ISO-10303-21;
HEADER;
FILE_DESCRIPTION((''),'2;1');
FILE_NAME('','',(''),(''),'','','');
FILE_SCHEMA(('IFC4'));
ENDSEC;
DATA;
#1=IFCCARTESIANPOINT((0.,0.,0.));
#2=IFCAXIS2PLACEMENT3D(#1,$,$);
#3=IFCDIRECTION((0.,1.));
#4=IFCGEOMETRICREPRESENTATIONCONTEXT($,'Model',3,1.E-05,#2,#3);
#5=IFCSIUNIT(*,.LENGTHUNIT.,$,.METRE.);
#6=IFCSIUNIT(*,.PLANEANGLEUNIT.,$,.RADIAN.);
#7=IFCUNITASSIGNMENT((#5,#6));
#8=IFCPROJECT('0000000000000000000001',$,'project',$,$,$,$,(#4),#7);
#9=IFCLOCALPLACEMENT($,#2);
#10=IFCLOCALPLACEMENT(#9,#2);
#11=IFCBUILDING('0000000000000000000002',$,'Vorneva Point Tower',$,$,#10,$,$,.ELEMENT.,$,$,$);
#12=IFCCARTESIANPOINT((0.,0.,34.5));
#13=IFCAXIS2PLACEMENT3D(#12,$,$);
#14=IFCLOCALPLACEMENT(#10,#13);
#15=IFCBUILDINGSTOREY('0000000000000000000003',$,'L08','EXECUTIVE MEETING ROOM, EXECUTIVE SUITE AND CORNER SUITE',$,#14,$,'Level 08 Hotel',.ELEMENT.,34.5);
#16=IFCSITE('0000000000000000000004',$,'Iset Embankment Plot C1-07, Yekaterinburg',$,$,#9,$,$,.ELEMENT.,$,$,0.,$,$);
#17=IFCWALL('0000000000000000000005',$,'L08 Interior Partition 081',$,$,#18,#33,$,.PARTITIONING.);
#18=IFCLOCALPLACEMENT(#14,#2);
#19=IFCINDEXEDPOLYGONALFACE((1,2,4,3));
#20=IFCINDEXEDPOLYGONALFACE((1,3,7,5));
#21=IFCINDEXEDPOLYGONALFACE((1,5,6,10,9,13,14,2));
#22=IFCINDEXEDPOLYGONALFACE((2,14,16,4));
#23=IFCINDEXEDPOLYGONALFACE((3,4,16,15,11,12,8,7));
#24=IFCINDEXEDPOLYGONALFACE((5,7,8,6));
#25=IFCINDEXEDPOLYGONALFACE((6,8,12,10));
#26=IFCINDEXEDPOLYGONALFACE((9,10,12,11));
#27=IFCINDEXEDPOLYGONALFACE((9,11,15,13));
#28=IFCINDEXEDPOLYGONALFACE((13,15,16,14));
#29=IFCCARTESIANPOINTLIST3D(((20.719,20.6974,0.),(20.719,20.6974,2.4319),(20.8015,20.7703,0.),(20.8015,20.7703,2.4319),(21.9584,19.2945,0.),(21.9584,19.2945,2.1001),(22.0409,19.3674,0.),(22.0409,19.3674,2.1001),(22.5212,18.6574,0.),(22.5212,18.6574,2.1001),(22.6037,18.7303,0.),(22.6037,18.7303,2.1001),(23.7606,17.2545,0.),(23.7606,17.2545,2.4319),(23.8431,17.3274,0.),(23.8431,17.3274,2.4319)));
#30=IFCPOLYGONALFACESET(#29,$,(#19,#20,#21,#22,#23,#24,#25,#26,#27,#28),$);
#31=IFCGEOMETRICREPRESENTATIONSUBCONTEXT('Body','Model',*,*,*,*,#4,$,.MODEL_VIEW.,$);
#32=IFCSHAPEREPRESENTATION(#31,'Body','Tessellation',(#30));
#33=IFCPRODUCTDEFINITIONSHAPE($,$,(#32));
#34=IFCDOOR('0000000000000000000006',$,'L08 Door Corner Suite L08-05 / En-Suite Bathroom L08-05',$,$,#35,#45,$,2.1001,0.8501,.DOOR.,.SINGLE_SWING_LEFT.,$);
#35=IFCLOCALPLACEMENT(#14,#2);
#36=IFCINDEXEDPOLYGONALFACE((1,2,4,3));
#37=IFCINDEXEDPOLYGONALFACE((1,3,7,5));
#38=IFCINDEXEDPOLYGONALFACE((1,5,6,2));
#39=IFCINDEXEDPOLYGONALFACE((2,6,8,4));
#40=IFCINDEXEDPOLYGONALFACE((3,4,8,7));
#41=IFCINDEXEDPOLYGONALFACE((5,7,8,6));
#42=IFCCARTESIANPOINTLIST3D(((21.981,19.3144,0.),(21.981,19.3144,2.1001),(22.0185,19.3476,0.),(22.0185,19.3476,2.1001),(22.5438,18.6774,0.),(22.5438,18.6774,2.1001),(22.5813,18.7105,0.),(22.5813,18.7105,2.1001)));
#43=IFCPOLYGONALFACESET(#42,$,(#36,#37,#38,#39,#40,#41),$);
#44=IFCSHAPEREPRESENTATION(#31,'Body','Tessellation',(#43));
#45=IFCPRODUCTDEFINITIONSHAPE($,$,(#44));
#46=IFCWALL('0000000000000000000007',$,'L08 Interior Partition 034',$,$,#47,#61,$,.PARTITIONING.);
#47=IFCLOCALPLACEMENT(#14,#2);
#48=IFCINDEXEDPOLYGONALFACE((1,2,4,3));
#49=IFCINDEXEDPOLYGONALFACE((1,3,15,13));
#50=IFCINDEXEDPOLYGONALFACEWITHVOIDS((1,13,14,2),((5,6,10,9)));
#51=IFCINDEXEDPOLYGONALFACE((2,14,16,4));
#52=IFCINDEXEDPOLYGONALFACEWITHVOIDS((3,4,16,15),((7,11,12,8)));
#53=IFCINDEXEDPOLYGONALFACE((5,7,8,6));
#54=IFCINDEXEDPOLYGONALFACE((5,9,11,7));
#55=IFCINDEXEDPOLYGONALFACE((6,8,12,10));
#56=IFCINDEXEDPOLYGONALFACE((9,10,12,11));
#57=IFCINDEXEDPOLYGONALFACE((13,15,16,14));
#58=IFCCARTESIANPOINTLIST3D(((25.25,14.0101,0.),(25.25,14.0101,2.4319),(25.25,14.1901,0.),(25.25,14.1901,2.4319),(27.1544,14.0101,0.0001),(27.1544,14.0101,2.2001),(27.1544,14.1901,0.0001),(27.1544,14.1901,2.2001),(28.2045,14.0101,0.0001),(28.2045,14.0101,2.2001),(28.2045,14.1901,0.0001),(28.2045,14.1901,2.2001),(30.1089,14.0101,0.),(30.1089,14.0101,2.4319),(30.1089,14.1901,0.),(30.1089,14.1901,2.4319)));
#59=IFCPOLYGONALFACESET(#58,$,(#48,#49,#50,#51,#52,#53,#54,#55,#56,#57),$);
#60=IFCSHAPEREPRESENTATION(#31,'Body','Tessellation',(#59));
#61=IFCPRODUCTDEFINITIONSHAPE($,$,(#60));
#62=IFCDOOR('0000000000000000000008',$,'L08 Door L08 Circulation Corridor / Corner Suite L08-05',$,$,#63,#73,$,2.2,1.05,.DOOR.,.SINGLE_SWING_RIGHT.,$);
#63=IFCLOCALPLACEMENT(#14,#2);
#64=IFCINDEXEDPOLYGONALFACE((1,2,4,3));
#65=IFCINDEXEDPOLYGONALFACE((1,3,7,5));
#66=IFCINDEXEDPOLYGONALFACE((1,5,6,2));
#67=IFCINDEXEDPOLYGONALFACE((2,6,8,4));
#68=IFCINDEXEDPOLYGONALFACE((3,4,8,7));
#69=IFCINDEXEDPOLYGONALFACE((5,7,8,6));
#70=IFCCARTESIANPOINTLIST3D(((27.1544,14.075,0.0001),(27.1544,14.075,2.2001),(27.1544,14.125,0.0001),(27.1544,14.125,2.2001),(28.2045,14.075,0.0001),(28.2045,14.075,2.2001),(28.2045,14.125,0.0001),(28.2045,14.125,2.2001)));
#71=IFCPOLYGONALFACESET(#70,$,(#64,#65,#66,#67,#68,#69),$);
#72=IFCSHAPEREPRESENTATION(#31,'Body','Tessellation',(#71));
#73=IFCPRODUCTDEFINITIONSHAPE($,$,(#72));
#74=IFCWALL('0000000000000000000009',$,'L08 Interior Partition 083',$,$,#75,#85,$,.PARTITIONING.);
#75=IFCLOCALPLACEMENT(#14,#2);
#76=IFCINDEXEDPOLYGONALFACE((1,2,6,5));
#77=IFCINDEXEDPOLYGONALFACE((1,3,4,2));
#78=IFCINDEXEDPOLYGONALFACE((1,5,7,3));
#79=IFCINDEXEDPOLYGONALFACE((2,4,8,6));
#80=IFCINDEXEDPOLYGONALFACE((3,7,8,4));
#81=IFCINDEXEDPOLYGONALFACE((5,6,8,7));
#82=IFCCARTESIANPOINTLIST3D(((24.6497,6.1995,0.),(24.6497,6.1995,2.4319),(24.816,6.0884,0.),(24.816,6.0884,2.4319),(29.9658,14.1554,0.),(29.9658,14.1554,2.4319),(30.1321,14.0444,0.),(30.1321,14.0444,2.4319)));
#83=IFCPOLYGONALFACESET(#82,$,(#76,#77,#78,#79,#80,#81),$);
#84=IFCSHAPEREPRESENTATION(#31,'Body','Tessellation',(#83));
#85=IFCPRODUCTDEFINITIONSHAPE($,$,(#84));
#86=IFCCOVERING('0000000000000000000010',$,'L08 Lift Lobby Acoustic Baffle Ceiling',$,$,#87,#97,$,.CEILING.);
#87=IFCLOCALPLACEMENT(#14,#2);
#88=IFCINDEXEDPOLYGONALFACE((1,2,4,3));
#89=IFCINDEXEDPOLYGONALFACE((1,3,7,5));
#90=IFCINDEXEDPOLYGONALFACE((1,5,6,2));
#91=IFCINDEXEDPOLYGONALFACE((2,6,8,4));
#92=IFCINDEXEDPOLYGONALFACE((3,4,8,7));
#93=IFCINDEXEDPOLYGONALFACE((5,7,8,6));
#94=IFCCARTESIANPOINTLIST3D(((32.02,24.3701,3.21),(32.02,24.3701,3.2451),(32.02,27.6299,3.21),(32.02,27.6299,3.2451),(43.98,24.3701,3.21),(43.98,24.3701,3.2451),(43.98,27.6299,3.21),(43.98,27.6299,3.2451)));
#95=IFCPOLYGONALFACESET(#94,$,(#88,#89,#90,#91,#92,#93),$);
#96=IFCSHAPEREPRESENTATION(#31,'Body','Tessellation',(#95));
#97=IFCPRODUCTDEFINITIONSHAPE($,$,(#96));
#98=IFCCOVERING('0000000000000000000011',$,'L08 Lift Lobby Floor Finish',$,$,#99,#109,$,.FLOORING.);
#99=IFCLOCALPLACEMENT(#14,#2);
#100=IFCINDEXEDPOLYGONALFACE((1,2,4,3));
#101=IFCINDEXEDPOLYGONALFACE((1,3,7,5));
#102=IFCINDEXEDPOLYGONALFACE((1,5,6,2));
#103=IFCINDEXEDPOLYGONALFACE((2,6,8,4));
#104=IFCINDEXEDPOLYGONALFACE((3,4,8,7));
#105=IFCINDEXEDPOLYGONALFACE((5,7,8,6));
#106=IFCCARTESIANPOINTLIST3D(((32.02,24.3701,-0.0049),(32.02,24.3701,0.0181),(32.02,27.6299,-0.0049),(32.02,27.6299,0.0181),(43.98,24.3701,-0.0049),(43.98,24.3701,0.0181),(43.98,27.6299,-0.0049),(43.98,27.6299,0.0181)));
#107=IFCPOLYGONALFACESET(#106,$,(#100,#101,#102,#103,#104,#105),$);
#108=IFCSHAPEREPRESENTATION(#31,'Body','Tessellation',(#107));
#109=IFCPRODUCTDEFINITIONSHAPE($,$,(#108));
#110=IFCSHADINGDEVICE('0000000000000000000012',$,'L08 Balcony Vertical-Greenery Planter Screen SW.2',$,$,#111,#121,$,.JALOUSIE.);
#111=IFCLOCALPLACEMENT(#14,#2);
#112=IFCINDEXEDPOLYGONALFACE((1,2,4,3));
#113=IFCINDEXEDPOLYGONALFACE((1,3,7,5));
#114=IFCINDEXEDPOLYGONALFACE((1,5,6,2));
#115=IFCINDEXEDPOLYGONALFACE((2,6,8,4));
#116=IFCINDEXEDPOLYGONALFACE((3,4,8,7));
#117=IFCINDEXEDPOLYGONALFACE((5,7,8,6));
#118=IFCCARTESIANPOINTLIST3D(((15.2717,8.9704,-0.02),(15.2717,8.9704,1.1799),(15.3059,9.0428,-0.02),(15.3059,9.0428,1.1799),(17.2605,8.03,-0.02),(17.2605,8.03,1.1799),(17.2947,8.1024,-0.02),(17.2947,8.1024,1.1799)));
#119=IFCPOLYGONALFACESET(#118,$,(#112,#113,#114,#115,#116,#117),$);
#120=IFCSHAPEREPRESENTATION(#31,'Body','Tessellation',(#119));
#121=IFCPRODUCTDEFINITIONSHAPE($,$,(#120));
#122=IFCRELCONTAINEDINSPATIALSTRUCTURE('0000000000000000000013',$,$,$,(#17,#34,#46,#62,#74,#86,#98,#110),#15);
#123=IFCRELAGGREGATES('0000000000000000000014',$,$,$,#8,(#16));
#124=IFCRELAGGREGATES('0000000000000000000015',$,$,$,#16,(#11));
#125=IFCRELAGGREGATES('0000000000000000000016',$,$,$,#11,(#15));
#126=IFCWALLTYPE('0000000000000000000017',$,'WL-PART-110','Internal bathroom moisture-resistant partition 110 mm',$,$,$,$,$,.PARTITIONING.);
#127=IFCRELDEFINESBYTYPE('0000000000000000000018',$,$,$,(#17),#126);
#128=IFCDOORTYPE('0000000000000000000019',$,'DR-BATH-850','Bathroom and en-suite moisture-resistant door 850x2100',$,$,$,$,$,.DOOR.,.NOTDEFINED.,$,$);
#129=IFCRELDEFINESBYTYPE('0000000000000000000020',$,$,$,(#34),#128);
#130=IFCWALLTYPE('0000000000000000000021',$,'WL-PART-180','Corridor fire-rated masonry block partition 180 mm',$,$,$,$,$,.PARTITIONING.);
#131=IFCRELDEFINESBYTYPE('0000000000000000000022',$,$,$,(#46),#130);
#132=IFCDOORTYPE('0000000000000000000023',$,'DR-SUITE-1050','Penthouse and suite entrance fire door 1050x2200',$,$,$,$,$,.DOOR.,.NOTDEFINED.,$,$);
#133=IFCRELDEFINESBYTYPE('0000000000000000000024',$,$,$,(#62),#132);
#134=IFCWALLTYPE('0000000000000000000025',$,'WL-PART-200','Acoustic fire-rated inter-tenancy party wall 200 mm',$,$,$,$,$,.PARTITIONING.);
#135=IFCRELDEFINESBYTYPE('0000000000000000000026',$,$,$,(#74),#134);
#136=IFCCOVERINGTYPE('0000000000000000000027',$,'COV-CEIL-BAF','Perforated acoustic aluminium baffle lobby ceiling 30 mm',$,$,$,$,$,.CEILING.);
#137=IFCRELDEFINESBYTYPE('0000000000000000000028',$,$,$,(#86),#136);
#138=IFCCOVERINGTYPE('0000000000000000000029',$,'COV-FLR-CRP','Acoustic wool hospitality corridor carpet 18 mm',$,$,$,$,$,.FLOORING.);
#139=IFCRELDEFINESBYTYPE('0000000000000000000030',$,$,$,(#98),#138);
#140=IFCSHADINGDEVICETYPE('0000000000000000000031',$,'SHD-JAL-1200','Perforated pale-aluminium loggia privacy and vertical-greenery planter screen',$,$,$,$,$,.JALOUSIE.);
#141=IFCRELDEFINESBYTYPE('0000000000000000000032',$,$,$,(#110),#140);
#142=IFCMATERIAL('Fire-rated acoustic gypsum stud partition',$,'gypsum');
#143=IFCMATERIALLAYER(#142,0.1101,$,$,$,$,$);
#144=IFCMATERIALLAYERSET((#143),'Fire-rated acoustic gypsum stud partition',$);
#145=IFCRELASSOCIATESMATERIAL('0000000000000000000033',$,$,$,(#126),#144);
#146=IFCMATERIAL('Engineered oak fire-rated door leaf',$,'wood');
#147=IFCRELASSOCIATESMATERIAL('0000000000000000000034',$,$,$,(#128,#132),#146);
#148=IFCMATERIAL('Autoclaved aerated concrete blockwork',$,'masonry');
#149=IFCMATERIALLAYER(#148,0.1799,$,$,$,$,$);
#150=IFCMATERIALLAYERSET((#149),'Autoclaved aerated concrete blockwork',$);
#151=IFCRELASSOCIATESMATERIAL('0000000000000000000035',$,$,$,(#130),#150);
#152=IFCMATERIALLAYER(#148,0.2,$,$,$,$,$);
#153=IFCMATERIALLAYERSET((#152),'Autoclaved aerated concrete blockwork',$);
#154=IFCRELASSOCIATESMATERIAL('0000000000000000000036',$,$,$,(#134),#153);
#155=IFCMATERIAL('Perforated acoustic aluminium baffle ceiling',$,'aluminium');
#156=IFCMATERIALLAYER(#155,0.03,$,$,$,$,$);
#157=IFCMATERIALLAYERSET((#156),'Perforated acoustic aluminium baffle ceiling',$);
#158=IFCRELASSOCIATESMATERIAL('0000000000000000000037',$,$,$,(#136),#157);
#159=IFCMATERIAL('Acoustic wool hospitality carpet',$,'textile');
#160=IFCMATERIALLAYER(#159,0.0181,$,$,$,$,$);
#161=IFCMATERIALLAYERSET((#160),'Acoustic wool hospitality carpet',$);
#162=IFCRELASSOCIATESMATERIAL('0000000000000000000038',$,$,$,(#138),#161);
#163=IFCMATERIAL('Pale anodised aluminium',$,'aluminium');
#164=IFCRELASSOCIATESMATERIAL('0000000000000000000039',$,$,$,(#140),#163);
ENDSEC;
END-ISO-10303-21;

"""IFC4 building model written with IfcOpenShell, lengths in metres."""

from ifc_helpers import new_model, si_unit, direction, frame, frame_2d, origin, origin_2d, place, context, subcontext, project, spatial, polyline, rectangle, outline, extrude, material, layer, layer_set, type_object, element, fill, save


model = new_model("IFC4")

# Units and contexts
model_context = context("Model", 3, precision=1e-05, world=origin(), true_north=direction((0.0, 1.0)))
body_context = subcontext(model_context, "Body", "Model", "MODEL_VIEW")
ifc_project = project(units=[si_unit("LENGTHUNIT", "METRE"), si_unit("PLANEANGLEUNIT", "RADIAN")], contexts=[model_context])

# Site, building, storey
site_placement = place(None, origin())
site = spatial("IfcSite", under=ifc_project, at=site_placement, Name="Iset Embankment Plot C1-07, Yekaterinburg", CompositionType="ELEMENT", RefElevation=0.0)
building_placement = place(site_placement, origin())
building = spatial("IfcBuilding", under=site, at=building_placement, Name="Vorneva Point Tower", CompositionType="ELEMENT")
storey_placement = place(building_placement, frame((0.0, 0.0, 34.5)))
storey = spatial("IfcBuildingStorey", under=building, at=storey_placement, Name="L08", Description="EXECUTIVE MEETING ROOM, EXECUTIVE SUITE AND CORNER SUITE", LongName="Level 08 Hotel", CompositionType="ELEMENT", Elevation=34.5)

# Shared definitions
ifc_material_1 = material(Name="Pale anodised aluminium", Category="aluminium")

# Walls, openings, doors
ifc_material_2 = material(Name="Fire-rated acoustic gypsum stud partition", Category="gypsum")
ifc_layer_1 = layer(ifc_material_2, 0.1101)
ifc_layer_set_1 = layer_set([ifc_layer_1], Name="Fire-rated acoustic gypsum stud partition")
wall_type_1 = type_object("IfcWallType", Name="WL-PART-110", Description="Internal bathroom moisture-resistant partition 110 mm", PredefinedType="PARTITIONING", material=ifc_layer_set_1)
wall_1_placement = place(storey_placement, frame((23.8018, 17.291, 0.0), z_axis=(0.0, 0.0, 1.0), x_axis=(-0.662071, 0.749441, 0.0)))
wall_1 = element("IfcWall", 1, at=wall_1_placement, inside=storey, type_object=wall_type_1, Name="L08 Interior Partition 081", PredefinedType="PARTITIONING", context=body_context, shape_type="SweptSolid", body=[
    extrude(rectangle(XDim=4.594, YDim=0.1101, at=frame_2d((2.2969, 0.0))), origin(), (0.0, 0.0, 1.0), 2.4319),
])
opening_1_placement = place(wall_1_placement, frame((1.8718, 0.0, 0.0)))
opening_1 = element("IfcOpeningElement", 2, at=opening_1_placement, cuts=wall_1, PredefinedType="OPENING", context=body_context, shape_type="SweptSolid", body=[
    extrude(rectangle(XDim=0.8501, YDim=2.1001, at=frame_2d((0.425, 1.05))), frame((0.0, 0.0698, 0.0), z_axis=(0.0, -1.0, 0.0), x_axis=(1.0, 0.0, 0.0)), (0.0, 0.0, 1.0), 0.1399),
])
ifc_material_3 = material(Name="Engineered oak fire-rated door leaf", Category="wood")
door_type_1 = type_object("IfcDoorType", Name="DR-BATH-850", Description="Bathroom and en-suite moisture-resistant door 850x2100", OperationType="NOTDEFINED", PredefinedType="DOOR", material=ifc_material_3)
door_1_placement = place(opening_1_placement, origin())
door_1 = element("IfcDoor", 3, at=door_1_placement, inside=storey, type_object=door_type_1, Name="L08 Door Corner Suite L08-05 / En-Suite Bathroom L08-05", OperationType="SINGLE_SWING_LEFT", OverallHeight=2.1001, OverallWidth=0.8501, PredefinedType="DOOR", context=body_context, shape_type="SweptSolid", body=[
    extrude(rectangle(XDim=0.8501, YDim=2.1001, at=frame_2d((0.425, 1.05))), frame((0.0, 0.0249, 0.0), z_axis=(0.0, -1.0, 0.0), x_axis=(1.0, 0.0, 0.0)), (0.0, 0.0, 1.0), 0.05),
])
fill(opening_1, door_1)
ifc_material_4 = material(Name="Autoclaved aerated concrete blockwork", Category="masonry")
ifc_layer_2 = layer(ifc_material_4, 0.1799)
ifc_layer_set_2 = layer_set([ifc_layer_2], Name="Autoclaved aerated concrete blockwork")
wall_type_2 = type_object("IfcWallType", Name="WL-PART-180", Description="Corridor fire-rated masonry block partition 180 mm", PredefinedType="PARTITIONING", material=ifc_layer_set_2)
wall_2_placement = place(storey_placement, frame((25.25, 14.1001, 0.0), z_axis=(0.0, 0.0, 1.0), x_axis=(1.0, 0.0, 0.0)))
wall_2 = element("IfcWall", 4, at=wall_2_placement, inside=storey, type_object=wall_type_2, Name="L08 Interior Partition 034", PredefinedType="PARTITIONING", context=body_context, shape_type="SweptSolid", body=[
    extrude(rectangle(XDim=4.8589, YDim=0.1799, at=frame_2d((2.4294, 0.0))), origin(), (0.0, 0.0, 1.0), 2.4319),
])
opening_2_placement = place(wall_2_placement, frame((1.9045, 0.0, 0.0)))
opening_2 = element("IfcOpeningElement", 5, at=opening_2_placement, cuts=wall_2, PredefinedType="OPENING", context=body_context, shape_type="SweptSolid", body=[
    extrude(rectangle(XDim=1.05, YDim=2.2, at=frame_2d((0.5249, 1.1001))), frame((0.0, 0.105, 0.0), z_axis=(0.0, -1.0, 0.0), x_axis=(1.0, 0.0, 0.0)), (0.0, 0.0, 1.0), 0.2097),
])
door_type_2 = type_object("IfcDoorType", Name="DR-SUITE-1050", Description="Penthouse and suite entrance fire door 1050x2200", OperationType="NOTDEFINED", PredefinedType="DOOR", material=ifc_material_3)
door_2_placement = place(opening_2_placement, origin())
door_2 = element("IfcDoor", 6, at=door_2_placement, inside=storey, type_object=door_type_2, Name="L08 Door L08 Circulation Corridor / Corner Suite L08-05", OperationType="SINGLE_SWING_RIGHT", OverallHeight=2.2, OverallWidth=1.05, PredefinedType="DOOR", context=body_context, shape_type="SweptSolid", body=[
    extrude(rectangle(XDim=1.05, YDim=2.2, at=frame_2d((0.5249, 1.1001))), frame((0.0, 0.0249, 0.0), z_axis=(0.0, -1.0, 0.0), x_axis=(1.0, 0.0, 0.0)), (0.0, 0.0, 1.0), 0.05),
])
fill(opening_2, door_2)

# Wall
ifc_layer_3 = layer(ifc_material_4, 0.2)
ifc_layer_set_3 = layer_set([ifc_layer_3], Name="Autoclaved aerated concrete blockwork")
wall_type_3 = type_object("IfcWallType", Name="WL-PART-200", Description="Acoustic fire-rated inter-tenancy party wall 200 mm", PredefinedType="PARTITIONING", material=ifc_layer_set_3)
wall_3_placement = place(storey_placement, frame((24.7329, 6.144, 0.0), z_axis=(0.0, 0.0, 1.0), x_axis=(0.555577, 0.831465, 0.0)))
element("IfcWall", 7, at=wall_3_placement, inside=storey, type_object=wall_type_3, Name="L08 Interior Partition 083", PredefinedType="PARTITIONING", context=body_context, shape_type="SweptSolid", body=[
    extrude(rectangle(XDim=9.5686, YDim=0.2, at=frame_2d((4.7842, 0.0))), origin(), (0.0, 0.0, 1.0), 2.4319),
])

# Coverings
ifc_material_5 = material(Name="Perforated acoustic aluminium baffle ceiling", Category="aluminium")
ifc_layer_4 = layer(ifc_material_5, 0.03)
ifc_layer_set_4 = layer_set([ifc_layer_4], Name="Perforated acoustic aluminium baffle ceiling")
covering_type_1 = type_object("IfcCoveringType", Name="COV-CEIL-BAF", Description="Perforated acoustic aluminium baffle lobby ceiling 30 mm", PredefinedType="CEILING", material=ifc_layer_set_4)
covering_1_placement = place(storey_placement, frame((0.0, 0.0, 3.21)))
element("IfcCovering", 8, at=covering_1_placement, inside=storey, type_object=covering_type_1, Name="L08 Lift Lobby Acoustic Baffle Ceiling", PredefinedType="CEILING", context=body_context, shape_type="SweptSolid", body=[
    extrude(outline(polyline([(32.02, 24.3701), (43.98, 24.3701), (43.98, 27.6299), (32.02, 27.6299), (32.02, 24.3701)])), origin(), (0.0, 0.0, 1.0), 0.0352),
])
ifc_material_6 = material(Name="Acoustic wool hospitality carpet", Category="textile")
ifc_layer_5 = layer(ifc_material_6, 0.0181)
ifc_layer_set_5 = layer_set([ifc_layer_5], Name="Acoustic wool hospitality carpet")
covering_type_2 = type_object("IfcCoveringType", Name="COV-FLR-CRP", Description="Acoustic wool hospitality corridor carpet 18 mm", PredefinedType="FLOORING", material=ifc_layer_set_5)
covering_2_placement = place(storey_placement, frame((0.0, 0.0, -0.0049)))
element("IfcCovering", 9, at=covering_2_placement, inside=storey, type_object=covering_type_2, Name="L08 Lift Lobby Floor Finish", PredefinedType="FLOORING", context=body_context, shape_type="SweptSolid", body=[
    extrude(outline(polyline([(32.02, 24.3701), (43.98, 24.3701), (43.98, 27.6299), (32.02, 27.6299), (32.02, 24.3701)])), origin(), (0.0, 0.0, 1.0), 0.0229),
])

# Shading device
shading_device_type = type_object("IfcShadingDeviceType", Name="SHD-JAL-1200", Description="Perforated pale-aluminium loggia privacy and vertical-greenery planter screen", PredefinedType="JALOUSIE", material=ifc_material_1)
shading_device_placement = place(storey_placement, frame((16.2832, 8.5364, -0.02), z_axis=(0.0, 0.0, 1.0), x_axis=(0.904023, -0.427484, 0.0)))
element("IfcShadingDevice", 10, at=shading_device_placement, inside=storey, type_object=shading_device_type, Name="L08 Balcony Vertical-Greenery Planter Screen SW.2", PredefinedType="JALOUSIE", context=body_context, shape_type="SweptSolid", body=[
    extrude(rectangle(XDim=2.2, YDim=0.0801, at=origin_2d()), origin(), (0.0, 0.0, 1.0), 1.2),
])

save(model, "model.ifc")
